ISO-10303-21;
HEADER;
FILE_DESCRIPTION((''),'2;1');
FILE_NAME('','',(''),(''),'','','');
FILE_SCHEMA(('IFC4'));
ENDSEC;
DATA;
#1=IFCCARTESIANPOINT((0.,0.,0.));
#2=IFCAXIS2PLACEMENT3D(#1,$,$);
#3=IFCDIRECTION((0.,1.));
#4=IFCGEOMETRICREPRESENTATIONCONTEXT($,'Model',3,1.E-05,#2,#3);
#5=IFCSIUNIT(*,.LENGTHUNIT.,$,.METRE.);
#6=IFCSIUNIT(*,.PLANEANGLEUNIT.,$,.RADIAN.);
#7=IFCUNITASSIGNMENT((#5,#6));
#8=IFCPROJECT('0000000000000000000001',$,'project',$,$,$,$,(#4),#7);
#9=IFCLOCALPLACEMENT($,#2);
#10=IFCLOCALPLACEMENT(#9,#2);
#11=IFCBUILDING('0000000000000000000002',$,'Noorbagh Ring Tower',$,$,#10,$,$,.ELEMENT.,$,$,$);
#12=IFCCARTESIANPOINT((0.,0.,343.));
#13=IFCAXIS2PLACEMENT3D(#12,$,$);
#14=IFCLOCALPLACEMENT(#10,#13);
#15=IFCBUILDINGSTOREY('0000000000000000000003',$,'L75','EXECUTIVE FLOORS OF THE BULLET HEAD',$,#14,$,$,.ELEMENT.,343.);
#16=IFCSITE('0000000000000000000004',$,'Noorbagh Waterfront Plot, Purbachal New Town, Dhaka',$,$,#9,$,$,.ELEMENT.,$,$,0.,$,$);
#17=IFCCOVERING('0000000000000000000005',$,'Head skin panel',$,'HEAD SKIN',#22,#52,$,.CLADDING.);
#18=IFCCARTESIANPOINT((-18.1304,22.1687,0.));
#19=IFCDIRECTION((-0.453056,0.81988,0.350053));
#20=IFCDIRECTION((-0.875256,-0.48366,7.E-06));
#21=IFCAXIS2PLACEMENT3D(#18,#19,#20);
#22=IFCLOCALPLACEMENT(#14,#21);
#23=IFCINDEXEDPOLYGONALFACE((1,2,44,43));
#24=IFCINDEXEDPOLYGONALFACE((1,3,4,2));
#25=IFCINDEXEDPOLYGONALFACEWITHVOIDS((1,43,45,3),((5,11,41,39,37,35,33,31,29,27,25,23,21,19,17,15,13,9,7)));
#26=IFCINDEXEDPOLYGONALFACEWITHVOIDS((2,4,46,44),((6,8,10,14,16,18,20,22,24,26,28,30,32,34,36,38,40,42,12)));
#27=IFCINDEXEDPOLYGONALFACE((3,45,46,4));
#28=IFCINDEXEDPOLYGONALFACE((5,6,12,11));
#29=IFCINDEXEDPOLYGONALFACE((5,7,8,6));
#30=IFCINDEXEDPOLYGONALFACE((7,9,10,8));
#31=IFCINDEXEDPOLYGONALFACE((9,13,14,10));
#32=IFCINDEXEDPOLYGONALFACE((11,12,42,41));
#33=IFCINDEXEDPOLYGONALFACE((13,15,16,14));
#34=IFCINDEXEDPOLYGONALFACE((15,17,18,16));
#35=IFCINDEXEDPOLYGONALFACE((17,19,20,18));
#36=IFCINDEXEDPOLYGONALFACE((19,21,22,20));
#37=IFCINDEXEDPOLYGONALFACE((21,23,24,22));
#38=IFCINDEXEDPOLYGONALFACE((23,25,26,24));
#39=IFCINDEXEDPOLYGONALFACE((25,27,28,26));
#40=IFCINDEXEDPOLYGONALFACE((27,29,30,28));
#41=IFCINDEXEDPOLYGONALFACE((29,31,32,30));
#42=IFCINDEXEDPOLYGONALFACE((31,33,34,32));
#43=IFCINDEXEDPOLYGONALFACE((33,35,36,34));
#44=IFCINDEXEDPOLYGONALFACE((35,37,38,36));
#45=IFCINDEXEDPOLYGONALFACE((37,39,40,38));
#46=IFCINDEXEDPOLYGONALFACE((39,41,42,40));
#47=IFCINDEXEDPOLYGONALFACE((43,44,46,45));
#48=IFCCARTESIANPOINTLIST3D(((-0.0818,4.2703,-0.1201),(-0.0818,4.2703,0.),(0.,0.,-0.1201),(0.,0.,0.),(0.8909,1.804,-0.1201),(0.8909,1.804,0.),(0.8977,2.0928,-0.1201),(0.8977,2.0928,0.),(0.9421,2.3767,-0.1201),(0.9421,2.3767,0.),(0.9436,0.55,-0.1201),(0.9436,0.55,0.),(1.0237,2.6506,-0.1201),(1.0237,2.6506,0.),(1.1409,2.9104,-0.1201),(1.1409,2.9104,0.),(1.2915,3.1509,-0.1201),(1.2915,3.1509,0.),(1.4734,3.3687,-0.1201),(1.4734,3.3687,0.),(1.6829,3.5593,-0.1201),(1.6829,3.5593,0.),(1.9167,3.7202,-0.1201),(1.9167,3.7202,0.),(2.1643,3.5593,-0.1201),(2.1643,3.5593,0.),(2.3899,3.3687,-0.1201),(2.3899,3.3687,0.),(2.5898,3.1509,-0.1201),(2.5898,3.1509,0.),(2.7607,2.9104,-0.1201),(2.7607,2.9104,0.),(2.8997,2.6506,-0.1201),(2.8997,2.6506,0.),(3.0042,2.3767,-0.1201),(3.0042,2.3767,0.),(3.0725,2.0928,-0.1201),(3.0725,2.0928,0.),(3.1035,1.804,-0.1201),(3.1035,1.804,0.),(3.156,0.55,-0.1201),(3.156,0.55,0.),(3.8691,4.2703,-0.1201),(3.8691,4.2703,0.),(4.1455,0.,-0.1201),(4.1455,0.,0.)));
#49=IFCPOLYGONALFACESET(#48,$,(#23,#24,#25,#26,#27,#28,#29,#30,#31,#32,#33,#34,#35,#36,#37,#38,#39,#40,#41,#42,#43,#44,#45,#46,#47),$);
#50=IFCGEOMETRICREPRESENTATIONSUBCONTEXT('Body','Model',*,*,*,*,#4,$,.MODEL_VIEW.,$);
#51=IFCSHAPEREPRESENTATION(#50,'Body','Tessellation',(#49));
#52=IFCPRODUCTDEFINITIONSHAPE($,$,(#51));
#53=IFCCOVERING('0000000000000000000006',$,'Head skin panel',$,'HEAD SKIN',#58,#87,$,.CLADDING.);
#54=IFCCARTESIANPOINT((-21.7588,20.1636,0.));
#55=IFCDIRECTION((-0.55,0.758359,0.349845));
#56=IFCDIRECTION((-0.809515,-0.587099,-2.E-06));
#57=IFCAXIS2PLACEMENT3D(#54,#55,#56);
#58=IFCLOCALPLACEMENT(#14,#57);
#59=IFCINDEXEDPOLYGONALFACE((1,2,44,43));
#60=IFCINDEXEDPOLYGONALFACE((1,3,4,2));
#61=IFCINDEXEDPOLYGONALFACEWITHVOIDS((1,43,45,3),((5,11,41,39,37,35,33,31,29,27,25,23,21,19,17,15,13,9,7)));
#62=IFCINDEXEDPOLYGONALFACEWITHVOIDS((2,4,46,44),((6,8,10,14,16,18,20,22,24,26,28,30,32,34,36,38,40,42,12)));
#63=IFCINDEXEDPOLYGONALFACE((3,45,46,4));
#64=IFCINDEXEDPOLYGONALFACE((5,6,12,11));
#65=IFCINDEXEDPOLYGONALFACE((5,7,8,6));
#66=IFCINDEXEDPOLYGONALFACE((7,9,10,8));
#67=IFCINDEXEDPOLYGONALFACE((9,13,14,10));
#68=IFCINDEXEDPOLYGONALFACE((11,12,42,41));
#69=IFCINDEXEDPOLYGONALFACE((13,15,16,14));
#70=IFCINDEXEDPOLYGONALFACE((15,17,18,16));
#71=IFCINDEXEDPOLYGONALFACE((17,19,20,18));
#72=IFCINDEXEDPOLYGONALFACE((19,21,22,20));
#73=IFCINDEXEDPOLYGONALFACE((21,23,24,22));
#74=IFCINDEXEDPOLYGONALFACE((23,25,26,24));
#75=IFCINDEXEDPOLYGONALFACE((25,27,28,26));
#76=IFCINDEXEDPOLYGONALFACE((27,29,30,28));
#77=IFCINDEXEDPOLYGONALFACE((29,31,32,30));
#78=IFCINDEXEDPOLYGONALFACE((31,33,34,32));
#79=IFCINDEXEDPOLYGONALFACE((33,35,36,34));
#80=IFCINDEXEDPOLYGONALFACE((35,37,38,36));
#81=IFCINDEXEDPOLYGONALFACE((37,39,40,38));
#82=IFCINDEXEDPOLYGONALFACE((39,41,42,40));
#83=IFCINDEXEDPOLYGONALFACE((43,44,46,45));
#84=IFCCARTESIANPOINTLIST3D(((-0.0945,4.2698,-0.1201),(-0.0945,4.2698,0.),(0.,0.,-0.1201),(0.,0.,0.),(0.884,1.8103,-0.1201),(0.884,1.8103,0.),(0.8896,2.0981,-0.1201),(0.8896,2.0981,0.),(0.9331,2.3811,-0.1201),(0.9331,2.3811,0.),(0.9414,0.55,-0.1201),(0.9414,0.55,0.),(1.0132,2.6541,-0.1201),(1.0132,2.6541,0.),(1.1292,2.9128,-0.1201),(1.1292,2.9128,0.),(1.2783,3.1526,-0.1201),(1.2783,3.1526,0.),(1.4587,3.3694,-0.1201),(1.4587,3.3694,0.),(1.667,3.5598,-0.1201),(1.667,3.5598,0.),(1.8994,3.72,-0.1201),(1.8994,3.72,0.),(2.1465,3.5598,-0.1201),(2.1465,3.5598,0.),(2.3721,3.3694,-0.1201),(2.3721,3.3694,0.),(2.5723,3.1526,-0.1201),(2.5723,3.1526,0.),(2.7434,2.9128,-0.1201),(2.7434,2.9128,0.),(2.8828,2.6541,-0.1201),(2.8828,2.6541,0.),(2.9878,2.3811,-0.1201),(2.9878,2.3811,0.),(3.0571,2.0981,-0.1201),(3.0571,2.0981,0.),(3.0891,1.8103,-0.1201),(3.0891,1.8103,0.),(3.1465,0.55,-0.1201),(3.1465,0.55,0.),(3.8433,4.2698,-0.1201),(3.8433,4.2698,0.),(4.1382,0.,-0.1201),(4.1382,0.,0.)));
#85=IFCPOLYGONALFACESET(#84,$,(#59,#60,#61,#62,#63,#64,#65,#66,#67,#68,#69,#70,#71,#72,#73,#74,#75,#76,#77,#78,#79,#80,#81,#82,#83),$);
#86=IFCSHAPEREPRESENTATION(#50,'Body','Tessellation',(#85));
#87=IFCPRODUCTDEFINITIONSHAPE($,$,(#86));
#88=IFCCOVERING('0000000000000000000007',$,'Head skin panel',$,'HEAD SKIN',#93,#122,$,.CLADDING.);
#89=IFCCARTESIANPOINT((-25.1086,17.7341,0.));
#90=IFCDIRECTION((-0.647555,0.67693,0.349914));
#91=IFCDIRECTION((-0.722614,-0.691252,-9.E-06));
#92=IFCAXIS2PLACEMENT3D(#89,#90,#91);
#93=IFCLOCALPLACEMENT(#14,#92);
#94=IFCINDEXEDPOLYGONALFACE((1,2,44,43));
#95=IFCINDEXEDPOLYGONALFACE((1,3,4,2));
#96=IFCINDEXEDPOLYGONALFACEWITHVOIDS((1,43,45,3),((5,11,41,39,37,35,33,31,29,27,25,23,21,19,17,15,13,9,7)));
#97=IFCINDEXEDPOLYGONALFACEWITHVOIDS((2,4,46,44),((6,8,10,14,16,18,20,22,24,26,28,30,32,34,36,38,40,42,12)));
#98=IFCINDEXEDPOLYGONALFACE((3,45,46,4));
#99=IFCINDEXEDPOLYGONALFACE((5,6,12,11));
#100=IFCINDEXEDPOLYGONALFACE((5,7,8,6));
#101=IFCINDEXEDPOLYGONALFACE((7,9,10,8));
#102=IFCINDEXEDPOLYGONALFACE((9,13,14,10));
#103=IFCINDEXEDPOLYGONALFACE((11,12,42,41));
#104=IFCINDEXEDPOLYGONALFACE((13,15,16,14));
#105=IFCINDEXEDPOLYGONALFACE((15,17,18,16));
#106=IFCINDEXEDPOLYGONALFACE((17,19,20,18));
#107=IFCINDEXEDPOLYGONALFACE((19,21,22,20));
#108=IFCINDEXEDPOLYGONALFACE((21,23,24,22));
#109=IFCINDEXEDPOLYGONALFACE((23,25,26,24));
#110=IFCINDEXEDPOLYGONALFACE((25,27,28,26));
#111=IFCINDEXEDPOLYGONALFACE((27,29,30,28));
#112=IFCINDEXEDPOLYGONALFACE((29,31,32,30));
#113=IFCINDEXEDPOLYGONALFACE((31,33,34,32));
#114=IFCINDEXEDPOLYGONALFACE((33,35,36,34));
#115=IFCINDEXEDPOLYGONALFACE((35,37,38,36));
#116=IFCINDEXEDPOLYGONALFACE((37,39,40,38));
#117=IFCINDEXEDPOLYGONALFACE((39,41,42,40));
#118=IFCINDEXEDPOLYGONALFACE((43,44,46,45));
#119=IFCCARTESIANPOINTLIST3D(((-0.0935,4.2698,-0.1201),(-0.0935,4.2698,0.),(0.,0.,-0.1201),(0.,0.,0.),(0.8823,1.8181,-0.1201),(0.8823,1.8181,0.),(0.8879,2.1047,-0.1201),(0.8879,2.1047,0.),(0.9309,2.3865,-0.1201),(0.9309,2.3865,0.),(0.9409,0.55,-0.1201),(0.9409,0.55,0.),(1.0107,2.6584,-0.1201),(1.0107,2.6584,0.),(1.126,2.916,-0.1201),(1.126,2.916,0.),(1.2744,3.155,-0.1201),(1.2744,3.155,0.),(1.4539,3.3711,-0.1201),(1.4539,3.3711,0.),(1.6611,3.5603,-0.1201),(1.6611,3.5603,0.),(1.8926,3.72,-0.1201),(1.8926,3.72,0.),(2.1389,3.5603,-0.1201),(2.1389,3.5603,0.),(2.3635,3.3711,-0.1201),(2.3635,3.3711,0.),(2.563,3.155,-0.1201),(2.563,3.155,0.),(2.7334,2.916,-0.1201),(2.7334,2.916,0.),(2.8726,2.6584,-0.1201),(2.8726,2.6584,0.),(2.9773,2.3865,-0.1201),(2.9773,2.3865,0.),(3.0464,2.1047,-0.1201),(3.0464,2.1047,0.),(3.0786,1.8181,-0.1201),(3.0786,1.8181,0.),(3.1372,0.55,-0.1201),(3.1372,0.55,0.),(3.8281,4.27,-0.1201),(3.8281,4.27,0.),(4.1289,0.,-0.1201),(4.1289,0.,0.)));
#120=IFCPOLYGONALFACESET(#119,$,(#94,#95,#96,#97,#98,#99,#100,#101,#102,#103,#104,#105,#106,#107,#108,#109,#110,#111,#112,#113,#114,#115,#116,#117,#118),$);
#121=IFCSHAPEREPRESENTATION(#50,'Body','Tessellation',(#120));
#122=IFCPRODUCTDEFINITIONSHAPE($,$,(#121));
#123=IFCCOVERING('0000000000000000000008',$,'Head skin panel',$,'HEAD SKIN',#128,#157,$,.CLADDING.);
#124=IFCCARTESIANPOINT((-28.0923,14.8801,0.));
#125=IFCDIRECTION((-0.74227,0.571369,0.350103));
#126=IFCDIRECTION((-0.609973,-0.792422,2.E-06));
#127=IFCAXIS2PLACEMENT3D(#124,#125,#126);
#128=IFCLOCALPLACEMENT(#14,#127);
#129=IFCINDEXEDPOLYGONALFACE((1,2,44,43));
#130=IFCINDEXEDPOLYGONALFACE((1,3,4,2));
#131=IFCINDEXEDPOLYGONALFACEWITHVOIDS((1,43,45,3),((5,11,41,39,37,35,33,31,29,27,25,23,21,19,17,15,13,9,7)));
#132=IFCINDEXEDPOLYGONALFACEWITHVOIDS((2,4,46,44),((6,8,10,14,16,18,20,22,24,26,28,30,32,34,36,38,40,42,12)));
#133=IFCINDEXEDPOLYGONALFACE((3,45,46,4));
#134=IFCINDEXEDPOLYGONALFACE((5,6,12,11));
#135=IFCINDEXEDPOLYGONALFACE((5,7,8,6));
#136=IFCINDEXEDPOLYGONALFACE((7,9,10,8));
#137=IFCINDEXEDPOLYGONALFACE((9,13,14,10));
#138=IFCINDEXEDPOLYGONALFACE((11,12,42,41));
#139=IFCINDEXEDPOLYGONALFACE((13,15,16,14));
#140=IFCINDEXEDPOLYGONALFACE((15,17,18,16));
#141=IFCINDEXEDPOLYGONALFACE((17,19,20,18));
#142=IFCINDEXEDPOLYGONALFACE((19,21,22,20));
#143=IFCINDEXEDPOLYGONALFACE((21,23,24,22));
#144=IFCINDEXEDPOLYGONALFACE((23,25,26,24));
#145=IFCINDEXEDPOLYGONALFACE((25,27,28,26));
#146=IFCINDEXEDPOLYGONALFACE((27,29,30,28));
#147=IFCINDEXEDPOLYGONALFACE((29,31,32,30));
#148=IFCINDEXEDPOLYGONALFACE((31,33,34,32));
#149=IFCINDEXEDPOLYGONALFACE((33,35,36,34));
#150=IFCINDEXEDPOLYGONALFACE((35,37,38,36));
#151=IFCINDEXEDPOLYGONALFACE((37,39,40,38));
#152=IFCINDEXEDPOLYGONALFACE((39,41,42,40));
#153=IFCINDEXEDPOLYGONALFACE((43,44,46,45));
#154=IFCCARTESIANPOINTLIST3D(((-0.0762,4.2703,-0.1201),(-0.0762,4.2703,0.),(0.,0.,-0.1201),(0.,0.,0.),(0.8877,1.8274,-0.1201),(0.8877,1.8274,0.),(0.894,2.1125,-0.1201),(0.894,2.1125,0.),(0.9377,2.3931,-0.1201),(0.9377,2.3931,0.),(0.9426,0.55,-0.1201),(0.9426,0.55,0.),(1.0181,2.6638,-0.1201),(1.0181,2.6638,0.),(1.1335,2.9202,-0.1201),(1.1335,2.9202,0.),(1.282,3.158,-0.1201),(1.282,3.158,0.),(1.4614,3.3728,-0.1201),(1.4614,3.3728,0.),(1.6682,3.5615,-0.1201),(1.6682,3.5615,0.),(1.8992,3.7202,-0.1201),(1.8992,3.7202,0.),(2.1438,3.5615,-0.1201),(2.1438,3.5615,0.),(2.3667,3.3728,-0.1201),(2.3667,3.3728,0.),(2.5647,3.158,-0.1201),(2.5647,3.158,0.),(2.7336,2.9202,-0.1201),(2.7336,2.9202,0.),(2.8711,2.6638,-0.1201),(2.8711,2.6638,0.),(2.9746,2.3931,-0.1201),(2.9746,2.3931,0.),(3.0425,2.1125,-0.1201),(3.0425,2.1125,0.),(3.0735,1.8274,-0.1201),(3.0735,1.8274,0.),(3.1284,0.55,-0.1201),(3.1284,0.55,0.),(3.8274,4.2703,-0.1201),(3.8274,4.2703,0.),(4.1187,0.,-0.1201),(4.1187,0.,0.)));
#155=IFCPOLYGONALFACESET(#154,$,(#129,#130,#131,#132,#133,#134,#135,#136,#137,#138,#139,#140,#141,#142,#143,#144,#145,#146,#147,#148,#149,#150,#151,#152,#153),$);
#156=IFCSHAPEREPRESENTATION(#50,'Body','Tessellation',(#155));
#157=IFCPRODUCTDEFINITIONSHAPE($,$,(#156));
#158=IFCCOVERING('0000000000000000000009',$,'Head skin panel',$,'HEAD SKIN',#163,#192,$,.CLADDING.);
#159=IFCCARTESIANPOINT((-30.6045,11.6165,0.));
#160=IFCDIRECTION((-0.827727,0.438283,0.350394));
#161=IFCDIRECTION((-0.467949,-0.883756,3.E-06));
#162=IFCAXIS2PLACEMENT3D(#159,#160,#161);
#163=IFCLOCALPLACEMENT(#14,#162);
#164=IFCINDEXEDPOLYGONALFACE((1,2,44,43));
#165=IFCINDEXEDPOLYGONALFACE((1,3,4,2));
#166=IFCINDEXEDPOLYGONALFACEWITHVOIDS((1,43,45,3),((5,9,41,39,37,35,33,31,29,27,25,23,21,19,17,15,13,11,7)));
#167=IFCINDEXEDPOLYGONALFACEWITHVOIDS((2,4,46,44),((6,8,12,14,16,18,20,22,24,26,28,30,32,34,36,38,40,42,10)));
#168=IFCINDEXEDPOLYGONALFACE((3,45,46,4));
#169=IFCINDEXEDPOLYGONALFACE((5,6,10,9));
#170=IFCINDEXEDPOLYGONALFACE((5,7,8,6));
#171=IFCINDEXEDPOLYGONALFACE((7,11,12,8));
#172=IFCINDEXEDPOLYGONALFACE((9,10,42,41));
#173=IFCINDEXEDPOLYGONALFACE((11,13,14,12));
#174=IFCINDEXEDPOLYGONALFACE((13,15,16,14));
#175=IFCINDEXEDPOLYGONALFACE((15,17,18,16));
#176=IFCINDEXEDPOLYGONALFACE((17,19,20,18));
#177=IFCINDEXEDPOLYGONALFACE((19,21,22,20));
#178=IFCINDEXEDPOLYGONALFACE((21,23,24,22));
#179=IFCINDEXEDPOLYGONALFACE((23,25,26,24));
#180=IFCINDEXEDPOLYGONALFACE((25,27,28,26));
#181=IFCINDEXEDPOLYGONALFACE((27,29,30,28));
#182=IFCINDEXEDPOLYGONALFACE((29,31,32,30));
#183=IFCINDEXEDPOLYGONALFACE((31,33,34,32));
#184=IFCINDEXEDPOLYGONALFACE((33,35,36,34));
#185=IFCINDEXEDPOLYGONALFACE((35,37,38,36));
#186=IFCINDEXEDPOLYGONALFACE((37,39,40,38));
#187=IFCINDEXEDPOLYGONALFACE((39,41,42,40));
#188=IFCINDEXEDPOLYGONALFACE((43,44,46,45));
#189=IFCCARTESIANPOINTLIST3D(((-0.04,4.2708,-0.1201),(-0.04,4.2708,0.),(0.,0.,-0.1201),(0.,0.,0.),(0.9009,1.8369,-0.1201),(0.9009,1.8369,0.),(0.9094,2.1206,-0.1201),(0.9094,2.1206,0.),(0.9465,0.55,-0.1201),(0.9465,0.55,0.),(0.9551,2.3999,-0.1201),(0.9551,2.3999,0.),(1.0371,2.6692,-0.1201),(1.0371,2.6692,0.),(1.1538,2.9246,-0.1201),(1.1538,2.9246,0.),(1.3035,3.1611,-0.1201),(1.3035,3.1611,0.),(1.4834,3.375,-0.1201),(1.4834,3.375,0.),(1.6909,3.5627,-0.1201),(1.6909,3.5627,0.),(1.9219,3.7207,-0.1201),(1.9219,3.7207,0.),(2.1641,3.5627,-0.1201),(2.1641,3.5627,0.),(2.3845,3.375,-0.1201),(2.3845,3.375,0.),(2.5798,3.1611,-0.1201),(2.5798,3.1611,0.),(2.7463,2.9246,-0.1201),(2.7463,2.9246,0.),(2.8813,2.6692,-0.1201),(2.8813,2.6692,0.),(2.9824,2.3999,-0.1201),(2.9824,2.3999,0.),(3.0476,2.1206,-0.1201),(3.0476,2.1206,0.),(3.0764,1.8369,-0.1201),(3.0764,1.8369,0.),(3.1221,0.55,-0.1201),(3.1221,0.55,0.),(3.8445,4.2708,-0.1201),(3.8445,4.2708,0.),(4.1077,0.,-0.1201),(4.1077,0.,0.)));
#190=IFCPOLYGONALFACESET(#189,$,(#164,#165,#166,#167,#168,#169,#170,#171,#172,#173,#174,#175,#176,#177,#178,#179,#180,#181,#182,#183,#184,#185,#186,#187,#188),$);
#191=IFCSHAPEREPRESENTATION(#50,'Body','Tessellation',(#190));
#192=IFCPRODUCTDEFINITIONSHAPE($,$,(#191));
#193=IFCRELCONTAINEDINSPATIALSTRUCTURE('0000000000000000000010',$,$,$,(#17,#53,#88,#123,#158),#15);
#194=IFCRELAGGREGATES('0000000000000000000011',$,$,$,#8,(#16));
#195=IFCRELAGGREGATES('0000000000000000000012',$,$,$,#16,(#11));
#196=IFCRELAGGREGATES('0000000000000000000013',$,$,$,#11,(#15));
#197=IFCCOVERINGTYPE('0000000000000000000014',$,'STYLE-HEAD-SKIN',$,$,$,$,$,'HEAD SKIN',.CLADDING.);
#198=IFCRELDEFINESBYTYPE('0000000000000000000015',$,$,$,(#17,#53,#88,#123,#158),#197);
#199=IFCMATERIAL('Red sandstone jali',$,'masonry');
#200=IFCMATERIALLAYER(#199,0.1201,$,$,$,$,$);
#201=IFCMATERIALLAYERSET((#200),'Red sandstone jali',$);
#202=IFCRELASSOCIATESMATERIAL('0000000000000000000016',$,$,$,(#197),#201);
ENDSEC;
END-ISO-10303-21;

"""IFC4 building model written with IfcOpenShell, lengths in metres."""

from ifc_helpers import new_model, si_unit, direction, frame, origin, place, context, subcontext, project, spatial, polyline, outline, extrude, material, layer, layer_set, type_object, element, save


model = new_model("IFC4")

# Units and contexts
model_context = context("Model", 3, precision=1e-05, world=origin(), true_north=direction((0.0, 1.0)))
body_context = subcontext(model_context, "Body", "Model", "MODEL_VIEW")
ifc_project = project(units=[si_unit("LENGTHUNIT", "METRE"), si_unit("PLANEANGLEUNIT", "RADIAN")], contexts=[model_context])

# Site, building, storey
site_placement = place(None, origin())
site = spatial("IfcSite", under=ifc_project, at=site_placement, Name="Noorbagh Waterfront Plot, Purbachal New Town, Dhaka", CompositionType="ELEMENT", RefElevation=0.0)
building_placement = place(site_placement, origin())
building = spatial("IfcBuilding", under=site, at=building_placement, Name="Noorbagh Ring Tower", CompositionType="ELEMENT")
storey_placement = place(building_placement, frame((0.0, 0.0, 343.0)))
storey = spatial("IfcBuildingStorey", under=building, at=storey_placement, Name="L75", Description="EXECUTIVE FLOORS OF THE BULLET HEAD", CompositionType="ELEMENT", Elevation=343.0)

# Coverings
ifc_material_1 = material(Name="Red sandstone jali", Category="masonry")
ifc_layer_1 = layer(ifc_material_1, 0.1201)
ifc_layer_set_1 = layer_set([ifc_layer_1], Name="Red sandstone jali")
covering_type_1 = type_object("IfcCoveringType", Name="STYLE-HEAD-SKIN", ElementType="HEAD SKIN", PredefinedType="CLADDING", material=ifc_layer_set_1)
covering_1_placement = place(storey_placement, frame((-18.1304, 22.1687, 0.0), z_axis=(-0.453056, 0.81988, 0.350053), x_axis=(-0.875256, -0.48366, 0.000007)))
element("IfcCovering", 1, at=covering_1_placement, inside=storey, type_object=covering_type_1, Name="Head skin panel", ObjectType="HEAD SKIN", PredefinedType="CLADDING", context=body_context, shape_type="SweptSolid", body=[
    extrude(outline(polyline([(0.0, 0.0), (4.1455, 0.0), (3.8691, 4.2703), (-0.0818, 4.2703), (0.0, 0.0)]), holes=[polyline([(0.9436, 0.55), (0.8909, 1.804), (0.8977, 2.0928), (0.9421, 2.3767), (1.0237, 2.6506), (1.1409, 2.9104), (1.2915, 3.1509), (1.4734, 3.3687), (1.6829, 3.5593), (1.9167, 3.7202), (2.1643, 3.5593), (2.3899, 3.3687), (2.5898, 3.1509), (2.7607, 2.9104), (2.8997, 2.6506), (3.0042, 2.3767), (3.0725, 2.0928), (3.1035, 1.804), (3.156, 0.55), (0.9436, 0.55)])]), origin(), (0.0, 0.0, -1.0), 0.1201),
])
covering_2_placement = place(storey_placement, frame((-21.7588, 20.1636, 0.0), z_axis=(-0.55, 0.758359, 0.349845), x_axis=(-0.809515, -0.587099, -0.000002)))
element("IfcCovering", 2, at=covering_2_placement, inside=storey, type_object=covering_type_1, Name="Head skin panel", ObjectType="HEAD SKIN", PredefinedType="CLADDING", context=body_context, shape_type="SweptSolid", body=[
    extrude(outline(polyline([(0.0, 0.0), (4.1382, 0.0), (3.8433, 4.2698), (-0.0945, 4.2698), (0.0, 0.0)]), holes=[polyline([(0.9414, 0.55), (0.884, 1.8103), (0.8896, 2.0981), (0.9331, 2.3811), (1.0132, 2.6541), (1.1292, 2.9128), (1.2783, 3.1526), (1.4587, 3.3694), (1.667, 3.5598), (1.8994, 3.72), (2.1465, 3.5598), (2.3721, 3.3694), (2.5723, 3.1526), (2.7434, 2.9128), (2.8828, 2.6541), (2.9878, 2.3811), (3.0571, 2.0981), (3.0891, 1.8103), (3.1465, 0.55), (0.9414, 0.55)])]), origin(), (0.0, 0.0, -1.0), 0.1201),
])
covering_3_placement = place(storey_placement, frame((-25.1086, 17.7341, 0.0), z_axis=(-0.647555, 0.67693, 0.349914), x_axis=(-0.722614, -0.691252, -0.000009)))
element("IfcCovering", 3, at=covering_3_placement, inside=storey, type_object=covering_type_1, Name="Head skin panel", ObjectType="HEAD SKIN", PredefinedType="CLADDING", context=body_context, shape_type="SweptSolid", body=[
    extrude(outline(polyline([(0.0, 0.0), (4.1289, 0.0), (3.8281, 4.27), (-0.0935, 4.2698), (0.0, 0.0)]), holes=[polyline([(0.9409, 0.55), (0.8823, 1.8181), (0.8879, 2.1047), (0.9309, 2.3865), (1.0107, 2.6584), (1.126, 2.916), (1.2744, 3.155), (1.4539, 3.3711), (1.6611, 3.5603), (1.8926, 3.72), (2.1389, 3.5603), (2.3635, 3.3711), (2.563, 3.155), (2.7334, 2.916), (2.8726, 2.6584), (2.9773, 2.3865), (3.0464, 2.1047), (3.0786, 1.8181), (3.1372, 0.55), (0.9409, 0.55)])]), origin(), (0.0, 0.0, -1.0), 0.1201),
])
covering_4_placement = place(storey_placement, frame((-28.0923, 14.8801, 0.0), z_axis=(-0.74227, 0.571369, 0.350103), x_axis=(-0.609973, -0.792422, 0.000002)))
element("IfcCovering", 4, at=covering_4_placement, inside=storey, type_object=covering_type_1, Name="Head skin panel", ObjectType="HEAD SKIN", PredefinedType="CLADDING", context=body_context, shape_type="SweptSolid", body=[
    extrude(outline(polyline([(0.0, 0.0), (4.1187, 0.0), (3.8274, 4.2703), (-0.0762, 4.2703), (0.0, 0.0)]), holes=[polyline([(0.9426, 0.55), (0.8877, 1.8274), (0.894, 2.1125), (0.9377, 2.3931), (1.0181, 2.6638), (1.1335, 2.9202), (1.282, 3.158), (1.4614, 3.3728), (1.6682, 3.5615), (1.8992, 3.7202), (2.1438, 3.5615), (2.3667, 3.3728), (2.5647, 3.158), (2.7336, 2.9202), (2.8711, 2.6638), (2.9746, 2.3931), (3.0425, 2.1125), (3.0735, 1.8274), (3.1284, 0.55), (0.9426, 0.55)])]), origin(), (0.0, 0.0, -1.0), 0.1201),
])
covering_5_placement = place(storey_placement, frame((-30.6045, 11.6165, 0.0), z_axis=(-0.827727, 0.438283, 0.350394), x_axis=(-0.467949, -0.883756, 0.000003)))
element("IfcCovering", 5, at=covering_5_placement, inside=storey, type_object=covering_type_1, Name="Head skin panel", ObjectType="HEAD SKIN", PredefinedType="CLADDING", context=body_context, shape_type="SweptSolid", body=[
    extrude(outline(polyline([(0.0, 0.0), (4.1077, 0.0), (3.8445, 4.2708), (-0.04, 4.2708), (0.0, 0.0)]), holes=[polyline([(0.9465, 0.55), (0.9009, 1.8369), (0.9094, 2.1206), (0.9551, 2.3999), (1.0371, 2.6692), (1.1538, 2.9246), (1.3035, 3.1611), (1.4834, 3.375), (1.6909, 3.5627), (1.9219, 3.7207), (2.1641, 3.5627), (2.3845, 3.375), (2.5798, 3.1611), (2.7463, 2.9246), (2.8813, 2.6692), (2.9824, 2.3999), (3.0476, 2.1206), (3.0764, 1.8369), (3.1221, 0.55), (0.9465, 0.55)])]), origin(), (0.0, 0.0, -1.0), 0.1201),
])

save(model, "model.ifc")
